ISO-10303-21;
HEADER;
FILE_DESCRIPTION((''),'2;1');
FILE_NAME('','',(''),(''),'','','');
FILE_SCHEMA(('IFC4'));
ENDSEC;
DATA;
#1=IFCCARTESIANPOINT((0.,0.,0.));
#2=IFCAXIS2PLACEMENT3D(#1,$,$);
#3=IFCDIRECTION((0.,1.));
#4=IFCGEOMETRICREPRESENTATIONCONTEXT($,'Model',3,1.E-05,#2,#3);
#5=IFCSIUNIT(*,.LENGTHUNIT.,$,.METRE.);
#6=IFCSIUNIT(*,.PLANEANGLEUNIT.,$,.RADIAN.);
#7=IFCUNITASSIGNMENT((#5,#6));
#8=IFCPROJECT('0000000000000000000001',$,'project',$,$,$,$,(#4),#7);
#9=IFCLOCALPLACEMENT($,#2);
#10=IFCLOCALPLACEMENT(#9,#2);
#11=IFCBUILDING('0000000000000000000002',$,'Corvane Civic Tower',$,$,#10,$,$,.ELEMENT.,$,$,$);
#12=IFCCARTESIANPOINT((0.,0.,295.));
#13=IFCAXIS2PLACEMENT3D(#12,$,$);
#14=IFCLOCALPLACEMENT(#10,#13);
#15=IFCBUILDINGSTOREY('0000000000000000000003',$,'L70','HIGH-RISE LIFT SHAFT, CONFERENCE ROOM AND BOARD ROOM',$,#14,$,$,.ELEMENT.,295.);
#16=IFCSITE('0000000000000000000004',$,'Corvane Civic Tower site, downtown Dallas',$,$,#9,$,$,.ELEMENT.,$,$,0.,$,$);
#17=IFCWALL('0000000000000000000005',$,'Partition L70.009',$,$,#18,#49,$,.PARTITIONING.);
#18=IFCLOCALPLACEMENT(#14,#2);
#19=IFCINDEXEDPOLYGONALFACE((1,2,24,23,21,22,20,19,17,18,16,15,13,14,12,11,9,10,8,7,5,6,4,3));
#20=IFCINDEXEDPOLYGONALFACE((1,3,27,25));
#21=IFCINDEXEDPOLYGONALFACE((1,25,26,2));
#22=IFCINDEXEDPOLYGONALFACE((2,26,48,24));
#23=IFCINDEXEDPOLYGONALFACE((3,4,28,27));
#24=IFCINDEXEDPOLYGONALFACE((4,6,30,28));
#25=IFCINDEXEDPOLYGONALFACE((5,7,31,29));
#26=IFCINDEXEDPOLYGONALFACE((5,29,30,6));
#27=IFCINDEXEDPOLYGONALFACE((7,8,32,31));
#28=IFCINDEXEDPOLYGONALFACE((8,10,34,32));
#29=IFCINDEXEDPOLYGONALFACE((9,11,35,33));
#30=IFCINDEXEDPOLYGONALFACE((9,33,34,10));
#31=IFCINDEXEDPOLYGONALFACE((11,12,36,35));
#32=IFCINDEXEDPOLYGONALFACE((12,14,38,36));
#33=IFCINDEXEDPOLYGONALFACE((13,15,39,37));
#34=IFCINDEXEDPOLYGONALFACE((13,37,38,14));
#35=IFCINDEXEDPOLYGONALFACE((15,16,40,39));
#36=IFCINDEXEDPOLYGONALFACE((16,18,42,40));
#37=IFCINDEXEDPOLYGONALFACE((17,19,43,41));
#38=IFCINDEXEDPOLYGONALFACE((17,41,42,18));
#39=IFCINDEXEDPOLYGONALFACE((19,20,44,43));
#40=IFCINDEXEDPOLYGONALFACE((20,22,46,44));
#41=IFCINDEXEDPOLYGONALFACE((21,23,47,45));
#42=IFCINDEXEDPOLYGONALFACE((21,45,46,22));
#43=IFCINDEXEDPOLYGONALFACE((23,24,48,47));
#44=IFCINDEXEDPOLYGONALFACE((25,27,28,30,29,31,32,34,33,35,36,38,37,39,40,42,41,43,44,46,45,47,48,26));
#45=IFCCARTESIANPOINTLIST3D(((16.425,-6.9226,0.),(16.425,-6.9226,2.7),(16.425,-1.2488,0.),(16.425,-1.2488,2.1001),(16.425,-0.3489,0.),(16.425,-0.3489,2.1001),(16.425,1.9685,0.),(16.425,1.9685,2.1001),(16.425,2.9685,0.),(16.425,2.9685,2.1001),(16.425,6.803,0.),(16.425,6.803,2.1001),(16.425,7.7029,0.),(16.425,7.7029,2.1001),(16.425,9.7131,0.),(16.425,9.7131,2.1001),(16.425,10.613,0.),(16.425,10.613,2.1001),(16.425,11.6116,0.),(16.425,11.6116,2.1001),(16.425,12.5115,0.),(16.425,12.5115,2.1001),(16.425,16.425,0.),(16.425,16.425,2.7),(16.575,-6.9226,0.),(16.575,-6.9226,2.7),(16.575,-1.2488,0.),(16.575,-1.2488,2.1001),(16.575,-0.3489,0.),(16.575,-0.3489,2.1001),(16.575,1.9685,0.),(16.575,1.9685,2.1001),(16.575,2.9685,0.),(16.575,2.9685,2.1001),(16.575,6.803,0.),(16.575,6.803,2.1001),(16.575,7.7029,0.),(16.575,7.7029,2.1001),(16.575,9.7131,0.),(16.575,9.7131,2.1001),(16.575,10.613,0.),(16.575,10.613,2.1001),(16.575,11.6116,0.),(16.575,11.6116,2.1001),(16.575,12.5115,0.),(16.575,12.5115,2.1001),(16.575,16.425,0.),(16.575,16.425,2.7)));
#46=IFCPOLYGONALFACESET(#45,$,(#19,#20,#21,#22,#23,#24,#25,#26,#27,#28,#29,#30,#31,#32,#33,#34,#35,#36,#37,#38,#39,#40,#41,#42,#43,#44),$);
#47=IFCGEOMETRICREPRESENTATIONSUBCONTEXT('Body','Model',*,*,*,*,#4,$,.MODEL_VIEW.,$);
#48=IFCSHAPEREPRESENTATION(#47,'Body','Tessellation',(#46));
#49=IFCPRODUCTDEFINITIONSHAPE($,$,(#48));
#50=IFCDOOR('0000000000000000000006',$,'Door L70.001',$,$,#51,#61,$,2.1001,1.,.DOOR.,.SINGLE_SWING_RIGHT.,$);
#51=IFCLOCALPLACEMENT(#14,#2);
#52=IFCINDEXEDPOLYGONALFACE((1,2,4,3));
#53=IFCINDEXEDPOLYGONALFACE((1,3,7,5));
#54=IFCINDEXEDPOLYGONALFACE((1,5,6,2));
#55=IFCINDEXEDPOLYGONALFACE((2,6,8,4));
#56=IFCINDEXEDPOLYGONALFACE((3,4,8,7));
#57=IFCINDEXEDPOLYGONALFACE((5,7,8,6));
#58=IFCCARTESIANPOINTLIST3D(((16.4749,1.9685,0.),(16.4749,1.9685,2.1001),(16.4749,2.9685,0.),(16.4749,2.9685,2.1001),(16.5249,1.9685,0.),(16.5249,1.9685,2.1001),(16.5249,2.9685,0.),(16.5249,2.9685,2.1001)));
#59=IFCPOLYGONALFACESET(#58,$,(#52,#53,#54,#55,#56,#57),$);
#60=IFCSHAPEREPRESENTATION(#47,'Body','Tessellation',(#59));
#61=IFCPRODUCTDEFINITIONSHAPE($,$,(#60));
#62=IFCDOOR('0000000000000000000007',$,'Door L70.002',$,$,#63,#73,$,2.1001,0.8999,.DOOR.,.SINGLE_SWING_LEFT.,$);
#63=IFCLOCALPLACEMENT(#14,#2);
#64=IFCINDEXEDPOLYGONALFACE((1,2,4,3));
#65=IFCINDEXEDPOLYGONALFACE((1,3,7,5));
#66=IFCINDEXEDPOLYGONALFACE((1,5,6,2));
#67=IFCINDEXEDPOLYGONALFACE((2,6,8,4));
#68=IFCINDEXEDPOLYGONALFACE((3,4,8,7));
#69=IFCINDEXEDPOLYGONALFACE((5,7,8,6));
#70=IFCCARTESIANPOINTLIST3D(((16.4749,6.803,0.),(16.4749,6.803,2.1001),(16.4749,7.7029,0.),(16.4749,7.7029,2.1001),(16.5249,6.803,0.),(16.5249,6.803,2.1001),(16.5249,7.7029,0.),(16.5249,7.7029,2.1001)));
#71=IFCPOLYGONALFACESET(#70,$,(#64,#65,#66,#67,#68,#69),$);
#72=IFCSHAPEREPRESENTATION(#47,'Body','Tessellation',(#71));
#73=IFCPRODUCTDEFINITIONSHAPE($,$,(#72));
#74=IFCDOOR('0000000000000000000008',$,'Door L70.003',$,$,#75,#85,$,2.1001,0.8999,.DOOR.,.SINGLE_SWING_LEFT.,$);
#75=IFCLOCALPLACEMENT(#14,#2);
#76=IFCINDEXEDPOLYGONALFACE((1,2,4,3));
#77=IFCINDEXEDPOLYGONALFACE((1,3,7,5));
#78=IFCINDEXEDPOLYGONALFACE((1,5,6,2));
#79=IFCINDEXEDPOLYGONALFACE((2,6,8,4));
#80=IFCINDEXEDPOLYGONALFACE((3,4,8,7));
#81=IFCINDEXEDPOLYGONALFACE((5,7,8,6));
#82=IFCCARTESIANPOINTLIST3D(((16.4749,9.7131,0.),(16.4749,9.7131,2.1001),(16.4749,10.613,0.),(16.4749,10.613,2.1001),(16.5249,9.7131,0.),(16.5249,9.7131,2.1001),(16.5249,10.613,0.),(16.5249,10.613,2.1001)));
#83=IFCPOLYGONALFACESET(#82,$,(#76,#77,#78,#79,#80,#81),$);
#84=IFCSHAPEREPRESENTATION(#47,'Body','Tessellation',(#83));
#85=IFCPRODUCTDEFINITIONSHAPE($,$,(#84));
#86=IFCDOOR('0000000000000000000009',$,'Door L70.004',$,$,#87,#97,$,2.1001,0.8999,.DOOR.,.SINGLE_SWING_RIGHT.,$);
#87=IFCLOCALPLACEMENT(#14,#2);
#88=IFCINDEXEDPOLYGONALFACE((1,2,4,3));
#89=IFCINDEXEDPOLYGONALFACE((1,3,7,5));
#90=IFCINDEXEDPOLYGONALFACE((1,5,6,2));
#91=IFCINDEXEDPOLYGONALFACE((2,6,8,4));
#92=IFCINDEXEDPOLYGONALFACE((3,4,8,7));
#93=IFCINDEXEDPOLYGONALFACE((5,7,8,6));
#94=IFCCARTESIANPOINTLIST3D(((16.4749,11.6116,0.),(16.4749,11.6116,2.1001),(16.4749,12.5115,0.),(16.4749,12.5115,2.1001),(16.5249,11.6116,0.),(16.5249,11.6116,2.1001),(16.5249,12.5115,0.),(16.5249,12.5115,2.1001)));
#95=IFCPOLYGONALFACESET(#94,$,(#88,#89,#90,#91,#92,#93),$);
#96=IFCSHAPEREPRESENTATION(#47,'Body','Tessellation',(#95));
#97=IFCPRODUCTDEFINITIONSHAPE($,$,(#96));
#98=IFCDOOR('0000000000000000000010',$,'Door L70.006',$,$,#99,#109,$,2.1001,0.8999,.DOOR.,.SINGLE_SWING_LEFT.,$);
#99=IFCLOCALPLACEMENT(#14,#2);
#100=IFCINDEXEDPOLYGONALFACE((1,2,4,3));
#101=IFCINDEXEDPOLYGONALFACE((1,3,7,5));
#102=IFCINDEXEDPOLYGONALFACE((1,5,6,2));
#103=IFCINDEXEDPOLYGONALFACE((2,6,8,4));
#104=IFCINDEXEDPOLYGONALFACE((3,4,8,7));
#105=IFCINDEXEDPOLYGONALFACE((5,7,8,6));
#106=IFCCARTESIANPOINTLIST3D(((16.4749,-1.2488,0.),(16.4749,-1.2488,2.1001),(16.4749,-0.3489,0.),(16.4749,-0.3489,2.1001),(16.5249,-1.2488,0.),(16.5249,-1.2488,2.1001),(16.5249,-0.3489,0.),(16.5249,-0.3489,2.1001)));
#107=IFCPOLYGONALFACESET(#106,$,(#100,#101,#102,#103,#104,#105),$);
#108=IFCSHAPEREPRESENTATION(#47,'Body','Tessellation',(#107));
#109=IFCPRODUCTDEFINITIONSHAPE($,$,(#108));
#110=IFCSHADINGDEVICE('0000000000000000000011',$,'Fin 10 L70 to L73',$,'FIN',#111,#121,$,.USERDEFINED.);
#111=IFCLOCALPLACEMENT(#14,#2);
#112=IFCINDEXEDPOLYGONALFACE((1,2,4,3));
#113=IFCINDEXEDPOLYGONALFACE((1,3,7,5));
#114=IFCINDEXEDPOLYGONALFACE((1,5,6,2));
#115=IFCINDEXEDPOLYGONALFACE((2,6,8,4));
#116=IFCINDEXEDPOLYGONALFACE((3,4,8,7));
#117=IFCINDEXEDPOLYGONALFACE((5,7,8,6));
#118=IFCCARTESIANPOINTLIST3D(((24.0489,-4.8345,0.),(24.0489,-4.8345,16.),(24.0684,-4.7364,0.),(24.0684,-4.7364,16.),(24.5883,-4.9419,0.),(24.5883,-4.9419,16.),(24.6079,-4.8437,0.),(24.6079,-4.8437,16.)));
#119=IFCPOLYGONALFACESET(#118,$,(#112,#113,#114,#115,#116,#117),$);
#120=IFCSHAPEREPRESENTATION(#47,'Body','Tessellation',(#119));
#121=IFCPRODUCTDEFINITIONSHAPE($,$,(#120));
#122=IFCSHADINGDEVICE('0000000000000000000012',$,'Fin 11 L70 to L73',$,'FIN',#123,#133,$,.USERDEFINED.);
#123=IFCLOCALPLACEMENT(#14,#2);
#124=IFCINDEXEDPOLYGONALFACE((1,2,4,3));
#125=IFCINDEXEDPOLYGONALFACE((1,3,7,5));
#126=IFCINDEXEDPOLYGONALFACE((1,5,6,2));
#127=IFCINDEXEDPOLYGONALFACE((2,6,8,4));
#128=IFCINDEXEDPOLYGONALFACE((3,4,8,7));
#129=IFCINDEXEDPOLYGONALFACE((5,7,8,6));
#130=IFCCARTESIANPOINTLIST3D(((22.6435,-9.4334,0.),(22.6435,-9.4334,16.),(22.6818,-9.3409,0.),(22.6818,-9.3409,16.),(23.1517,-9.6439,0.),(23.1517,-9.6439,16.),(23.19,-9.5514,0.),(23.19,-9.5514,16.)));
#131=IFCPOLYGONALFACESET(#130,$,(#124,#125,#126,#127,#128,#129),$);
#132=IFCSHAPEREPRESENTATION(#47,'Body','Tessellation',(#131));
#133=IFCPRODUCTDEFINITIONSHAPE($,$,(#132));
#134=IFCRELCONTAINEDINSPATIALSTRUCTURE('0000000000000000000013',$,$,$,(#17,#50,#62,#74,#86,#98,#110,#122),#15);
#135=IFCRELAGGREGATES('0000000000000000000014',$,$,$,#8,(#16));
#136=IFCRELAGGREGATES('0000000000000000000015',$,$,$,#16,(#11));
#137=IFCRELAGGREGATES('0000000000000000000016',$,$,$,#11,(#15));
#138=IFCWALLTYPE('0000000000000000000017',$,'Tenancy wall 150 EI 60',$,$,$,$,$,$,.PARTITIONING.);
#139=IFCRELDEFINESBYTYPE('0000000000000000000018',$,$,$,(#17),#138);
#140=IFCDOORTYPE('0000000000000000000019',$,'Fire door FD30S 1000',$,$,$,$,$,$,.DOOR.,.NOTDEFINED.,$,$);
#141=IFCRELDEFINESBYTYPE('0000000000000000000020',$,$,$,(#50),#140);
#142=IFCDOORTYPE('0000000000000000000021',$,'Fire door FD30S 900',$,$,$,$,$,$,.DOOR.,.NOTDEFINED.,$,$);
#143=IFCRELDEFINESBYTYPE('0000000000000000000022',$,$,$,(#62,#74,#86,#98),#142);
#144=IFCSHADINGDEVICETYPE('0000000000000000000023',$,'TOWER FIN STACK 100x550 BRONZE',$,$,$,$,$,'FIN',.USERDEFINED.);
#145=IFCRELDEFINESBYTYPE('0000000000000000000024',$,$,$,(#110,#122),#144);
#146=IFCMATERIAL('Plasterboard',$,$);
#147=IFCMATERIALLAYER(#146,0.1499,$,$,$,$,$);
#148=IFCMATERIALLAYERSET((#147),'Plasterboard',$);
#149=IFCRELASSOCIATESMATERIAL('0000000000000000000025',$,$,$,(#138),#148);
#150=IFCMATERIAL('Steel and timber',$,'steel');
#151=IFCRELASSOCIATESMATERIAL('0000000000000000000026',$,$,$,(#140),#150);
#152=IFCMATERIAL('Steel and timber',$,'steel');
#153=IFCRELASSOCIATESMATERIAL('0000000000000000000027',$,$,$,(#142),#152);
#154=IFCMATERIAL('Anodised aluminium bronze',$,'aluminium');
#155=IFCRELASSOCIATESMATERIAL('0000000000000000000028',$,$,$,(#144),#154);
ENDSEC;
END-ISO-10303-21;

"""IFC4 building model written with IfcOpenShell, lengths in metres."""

from ifc_helpers import new_model, si_unit, direction, frame, frame_2d, origin, origin_2d, place, context, subcontext, project, spatial, rectangle, extrude, material, layer, layer_set, material_profile, profile_set, type_object, element, fill, save


model = new_model("IFC4")

# Units and contexts
model_context = context("Model", 3, precision=1e-05, world=origin(), true_north=direction((0.0, 1.0)))
body_context = subcontext(model_context, "Body", "Model", "MODEL_VIEW")
ifc_project = project(units=[si_unit("LENGTHUNIT", "METRE"), si_unit("PLANEANGLEUNIT", "RADIAN")], contexts=[model_context])

# Site, building, storey
site_placement = place(None, origin())
site = spatial("IfcSite", under=ifc_project, at=site_placement, Name="Corvane Civic Tower site, downtown Dallas", CompositionType="ELEMENT", RefElevation=0.0)
building_placement = place(site_placement, origin())
building = spatial("IfcBuilding", under=site, at=building_placement, Name="Corvane Civic Tower", CompositionType="ELEMENT")
storey_placement = place(building_placement, frame((0.0, 0.0, 295.0)))
storey = spatial("IfcBuildingStorey", under=building, at=storey_placement, Name="L70", Description="HIGH-RISE LIFT SHAFT, CONFERENCE ROOM AND BOARD ROOM", CompositionType="ELEMENT", Elevation=295.0)

# Wall, openings, doors
ifc_material_1 = material(Name="Plasterboard")
ifc_layer_1 = layer(ifc_material_1, 0.1499)
ifc_layer_set_1 = layer_set([ifc_layer_1], Name="Plasterboard")
wall_type_1 = type_object("IfcWallType", Name="Tenancy wall 150 EI 60", PredefinedType="PARTITIONING", material=ifc_layer_set_1)
wall_1_placement = place(storey_placement, frame((16.5, -6.9226, 0.0), z_axis=(0.0, 0.0, 1.0), x_axis=(0.0, 1.0, 0.0)))
wall_1 = element("IfcWall", 1, at=wall_1_placement, inside=storey, type_object=wall_type_1, Name="Partition L70.009", PredefinedType="PARTITIONING", context=body_context, shape_type="SweptSolid", body=[
    extrude(rectangle(XDim=23.3477, YDim=0.1499, at=frame_2d((11.6738, 0.0))), origin(), (0.0, 0.0, 1.0), 2.7),
])
opening_1_placement = place(wall_1_placement, frame((8.8911, 0.0, 0.0)))
opening_1 = element("IfcOpeningElement", 2, at=opening_1_placement, cuts=wall_1, PredefinedType="OPENING", context=body_context, shape_type="SweptSolid", body=[
    extrude(rectangle(XDim=1.0, YDim=2.1001, at=frame_2d((0.5, 1.05))), frame((0.0, 0.085, 0.0), z_axis=(0.0, -1.0, 0.0), x_axis=(1.0, 0.0, 0.0)), (0.0, 0.0, 1.0), 0.1699),
])
opening_2_placement = place(wall_1_placement, frame((13.7256, 0.0, 0.0)))
opening_2 = element("IfcOpeningElement", 3, at=opening_2_placement, cuts=wall_1, PredefinedType="OPENING", context=body_context, shape_type="SweptSolid", body=[
    extrude(rectangle(XDim=0.8999, YDim=2.1001, at=frame_2d((0.45, 1.05))), frame((0.0, 0.085, 0.0), z_axis=(0.0, -1.0, 0.0), x_axis=(1.0, 0.0, 0.0)), (0.0, 0.0, 1.0), 0.1699),
])
opening_3_placement = place(wall_1_placement, frame((16.6357, 0.0, 0.0)))
opening_3 = element("IfcOpeningElement", 4, at=opening_3_placement, cuts=wall_1, PredefinedType="OPENING", context=body_context, shape_type="SweptSolid", body=[
    extrude(rectangle(XDim=0.8999, YDim=2.1001, at=frame_2d((0.45, 1.05))), frame((0.0, 0.085, 0.0), z_axis=(0.0, -1.0, 0.0), x_axis=(1.0, 0.0, 0.0)), (0.0, 0.0, 1.0), 0.1699),
])
opening_4_placement = place(wall_1_placement, frame((18.5342, 0.0, 0.0)))
opening_4 = element("IfcOpeningElement", 5, at=opening_4_placement, cuts=wall_1, PredefinedType="OPENING", context=body_context, shape_type="SweptSolid", body=[
    extrude(rectangle(XDim=0.8999, YDim=2.1001, at=frame_2d((0.45, 1.05))), frame((0.0, 0.085, 0.0), z_axis=(0.0, -1.0, 0.0), x_axis=(1.0, 0.0, 0.0)), (0.0, 0.0, 1.0), 0.1699),
])
opening_5_placement = place(wall_1_placement, frame((5.6738, 0.0, 0.0)))
opening_5 = element("IfcOpeningElement", 6, at=opening_5_placement, cuts=wall_1, PredefinedType="OPENING", context=body_context, shape_type="SweptSolid", body=[
    extrude(rectangle(XDim=0.8999, YDim=2.1001, at=frame_2d((0.45, 1.05))), frame((0.0, 0.085, 0.0), z_axis=(0.0, -1.0, 0.0), x_axis=(1.0, 0.0, 0.0)), (0.0, 0.0, 1.0), 0.1699),
])
ifc_material_2 = material(Name="Steel and timber", Category="steel")
door_type_1 = type_object("IfcDoorType", Name="Fire door FD30S 1000", OperationType="NOTDEFINED", PredefinedType="DOOR", material=ifc_material_2)
door_1_placement = place(opening_1_placement, frame((1.0, 0.0, 0.0), z_axis=(0.0, 0.0, 1.0), x_axis=(-1.0, 0.0, 0.0)))
door_1 = element("IfcDoor", 7, at=door_1_placement, inside=storey, type_object=door_type_1, Name="Door L70.001", OperationType="SINGLE_SWING_RIGHT", OverallHeight=2.1001, OverallWidth=1.0, PredefinedType="DOOR", context=body_context, shape_type="SweptSolid", body=[
    extrude(rectangle(XDim=1.0, YDim=2.1001, at=frame_2d((0.5, 1.05))), frame((0.0, 0.0249, 0.0), z_axis=(0.0, -1.0, 0.0), x_axis=(1.0, 0.0, 0.0)), (0.0, 0.0, 1.0), 0.05),
])
fill(opening_1, door_1)
ifc_material_3 = material(Name="Steel and timber", Category="steel")
door_type_2 = type_object("IfcDoorType", Name="Fire door FD30S 900", OperationType="NOTDEFINED", PredefinedType="DOOR", material=ifc_material_3)
door_2_placement = place(opening_2_placement, frame((0.8999, 0.0, 0.0), z_axis=(0.0, 0.0, 1.0), x_axis=(-1.0, 0.0, 0.0)))
door_2 = element("IfcDoor", 8, at=door_2_placement, inside=storey, type_object=door_type_2, Name="Door L70.002", OperationType="SINGLE_SWING_LEFT", OverallHeight=2.1001, OverallWidth=0.8999, PredefinedType="DOOR", context=body_context, shape_type="SweptSolid", body=[
    extrude(rectangle(XDim=0.8999, YDim=2.1001, at=frame_2d((0.45, 1.05))), frame((0.0, 0.0249, 0.0), z_axis=(0.0, -1.0, 0.0), x_axis=(1.0, 0.0, 0.0)), (0.0, 0.0, 1.0), 0.05),
])
fill(opening_2, door_2)
door_3_placement = place(opening_3_placement, frame((0.8999, 0.0, 0.0), z_axis=(0.0, 0.0, 1.0), x_axis=(-1.0, 0.0, 0.0)))
door_3 = element("IfcDoor", 9, at=door_3_placement, inside=storey, type_object=door_type_2, Name="Door L70.003", OperationType="SINGLE_SWING_LEFT", OverallHeight=2.1001, OverallWidth=0.8999, PredefinedType="DOOR", context=body_context, shape_type="SweptSolid", body=[
    extrude(rectangle(XDim=0.8999, YDim=2.1001, at=frame_2d((0.45, 1.05))), frame((0.0, 0.0249, 0.0), z_axis=(0.0, -1.0, 0.0), x_axis=(1.0, 0.0, 0.0)), (0.0, 0.0, 1.0), 0.05),
])
fill(opening_3, door_3)
door_4_placement = place(opening_4_placement, frame((0.8999, 0.0, 0.0), z_axis=(0.0, 0.0, 1.0), x_axis=(-1.0, 0.0, 0.0)))
door_4 = element("IfcDoor", 10, at=door_4_placement, inside=storey, type_object=door_type_2, Name="Door L70.004", OperationType="SINGLE_SWING_RIGHT", OverallHeight=2.1001, OverallWidth=0.8999, PredefinedType="DOOR", context=body_context, shape_type="SweptSolid", body=[
    extrude(rectangle(XDim=0.8999, YDim=2.1001, at=frame_2d((0.45, 1.05))), frame((0.0, 0.0249, 0.0), z_axis=(0.0, -1.0, 0.0), x_axis=(1.0, 0.0, 0.0)), (0.0, 0.0, 1.0), 0.05),
])
fill(opening_4, door_4)
door_5_placement = place(opening_5_placement, frame((0.8999, 0.0, 0.0), z_axis=(0.0, 0.0, 1.0), x_axis=(-1.0, 0.0, 0.0)))
door_5 = element("IfcDoor", 11, at=door_5_placement, inside=storey, type_object=door_type_2, Name="Door L70.006", OperationType="SINGLE_SWING_LEFT", OverallHeight=2.1001, OverallWidth=0.8999, PredefinedType="DOOR", context=body_context, shape_type="SweptSolid", body=[
    extrude(rectangle(XDim=0.8999, YDim=2.1001, at=frame_2d((0.45, 1.05))), frame((0.0, 0.0249, 0.0), z_axis=(0.0, -1.0, 0.0), x_axis=(1.0, 0.0, 0.0)), (0.0, 0.0, 1.0), 0.05),
])
fill(opening_5, door_5)

# Shading devices
ifc_material_4 = material(Name="Anodised aluminium bronze", Category="aluminium")
ifc_material_profile_1 = material_profile(ifc_material_4, rectangle(XDim=0.1001, YDim=0.55, at=origin_2d()), Name="TOWER FIN STACK 100x550 BRONZE")
ifc_profile_set_1 = profile_set([ifc_material_profile_1], Name="Anodised aluminium bronze")
shading_device_type = type_object("IfcShadingDeviceType", Name="TOWER FIN STACK 100x550 BRONZE", ElementType="FIN", PredefinedType="USERDEFINED", material=ifc_profile_set_1)
for number, where, z_axis, x_axis, name in (
    (12, (24.3284, -4.8391, 0.0), (0.0, 0.0, 1.0), (-0.19509, -0.980785, 0.0), "Fin 10 L70 to L73"),
    (13, (22.9167, -9.4924, 0.0), (0.0, 0.0, 1.0), (-0.382683, -0.92388, 0.0), "Fin 11 L70 to L73"),
):
    element("IfcShadingDevice", number, at=place(storey_placement, frame(where, z_axis=z_axis, x_axis=x_axis)), inside=storey, type_object=shading_device_type, Name=name, ObjectType="FIN", PredefinedType="USERDEFINED", context=body_context, shape_type="SweptSolid", body=[
        extrude(rectangle(XDim=0.1001, YDim=0.55, at=origin_2d()), origin(), (0.0, 0.0, 1.0), 16.0),
    ])

save(model, "model.ifc")
